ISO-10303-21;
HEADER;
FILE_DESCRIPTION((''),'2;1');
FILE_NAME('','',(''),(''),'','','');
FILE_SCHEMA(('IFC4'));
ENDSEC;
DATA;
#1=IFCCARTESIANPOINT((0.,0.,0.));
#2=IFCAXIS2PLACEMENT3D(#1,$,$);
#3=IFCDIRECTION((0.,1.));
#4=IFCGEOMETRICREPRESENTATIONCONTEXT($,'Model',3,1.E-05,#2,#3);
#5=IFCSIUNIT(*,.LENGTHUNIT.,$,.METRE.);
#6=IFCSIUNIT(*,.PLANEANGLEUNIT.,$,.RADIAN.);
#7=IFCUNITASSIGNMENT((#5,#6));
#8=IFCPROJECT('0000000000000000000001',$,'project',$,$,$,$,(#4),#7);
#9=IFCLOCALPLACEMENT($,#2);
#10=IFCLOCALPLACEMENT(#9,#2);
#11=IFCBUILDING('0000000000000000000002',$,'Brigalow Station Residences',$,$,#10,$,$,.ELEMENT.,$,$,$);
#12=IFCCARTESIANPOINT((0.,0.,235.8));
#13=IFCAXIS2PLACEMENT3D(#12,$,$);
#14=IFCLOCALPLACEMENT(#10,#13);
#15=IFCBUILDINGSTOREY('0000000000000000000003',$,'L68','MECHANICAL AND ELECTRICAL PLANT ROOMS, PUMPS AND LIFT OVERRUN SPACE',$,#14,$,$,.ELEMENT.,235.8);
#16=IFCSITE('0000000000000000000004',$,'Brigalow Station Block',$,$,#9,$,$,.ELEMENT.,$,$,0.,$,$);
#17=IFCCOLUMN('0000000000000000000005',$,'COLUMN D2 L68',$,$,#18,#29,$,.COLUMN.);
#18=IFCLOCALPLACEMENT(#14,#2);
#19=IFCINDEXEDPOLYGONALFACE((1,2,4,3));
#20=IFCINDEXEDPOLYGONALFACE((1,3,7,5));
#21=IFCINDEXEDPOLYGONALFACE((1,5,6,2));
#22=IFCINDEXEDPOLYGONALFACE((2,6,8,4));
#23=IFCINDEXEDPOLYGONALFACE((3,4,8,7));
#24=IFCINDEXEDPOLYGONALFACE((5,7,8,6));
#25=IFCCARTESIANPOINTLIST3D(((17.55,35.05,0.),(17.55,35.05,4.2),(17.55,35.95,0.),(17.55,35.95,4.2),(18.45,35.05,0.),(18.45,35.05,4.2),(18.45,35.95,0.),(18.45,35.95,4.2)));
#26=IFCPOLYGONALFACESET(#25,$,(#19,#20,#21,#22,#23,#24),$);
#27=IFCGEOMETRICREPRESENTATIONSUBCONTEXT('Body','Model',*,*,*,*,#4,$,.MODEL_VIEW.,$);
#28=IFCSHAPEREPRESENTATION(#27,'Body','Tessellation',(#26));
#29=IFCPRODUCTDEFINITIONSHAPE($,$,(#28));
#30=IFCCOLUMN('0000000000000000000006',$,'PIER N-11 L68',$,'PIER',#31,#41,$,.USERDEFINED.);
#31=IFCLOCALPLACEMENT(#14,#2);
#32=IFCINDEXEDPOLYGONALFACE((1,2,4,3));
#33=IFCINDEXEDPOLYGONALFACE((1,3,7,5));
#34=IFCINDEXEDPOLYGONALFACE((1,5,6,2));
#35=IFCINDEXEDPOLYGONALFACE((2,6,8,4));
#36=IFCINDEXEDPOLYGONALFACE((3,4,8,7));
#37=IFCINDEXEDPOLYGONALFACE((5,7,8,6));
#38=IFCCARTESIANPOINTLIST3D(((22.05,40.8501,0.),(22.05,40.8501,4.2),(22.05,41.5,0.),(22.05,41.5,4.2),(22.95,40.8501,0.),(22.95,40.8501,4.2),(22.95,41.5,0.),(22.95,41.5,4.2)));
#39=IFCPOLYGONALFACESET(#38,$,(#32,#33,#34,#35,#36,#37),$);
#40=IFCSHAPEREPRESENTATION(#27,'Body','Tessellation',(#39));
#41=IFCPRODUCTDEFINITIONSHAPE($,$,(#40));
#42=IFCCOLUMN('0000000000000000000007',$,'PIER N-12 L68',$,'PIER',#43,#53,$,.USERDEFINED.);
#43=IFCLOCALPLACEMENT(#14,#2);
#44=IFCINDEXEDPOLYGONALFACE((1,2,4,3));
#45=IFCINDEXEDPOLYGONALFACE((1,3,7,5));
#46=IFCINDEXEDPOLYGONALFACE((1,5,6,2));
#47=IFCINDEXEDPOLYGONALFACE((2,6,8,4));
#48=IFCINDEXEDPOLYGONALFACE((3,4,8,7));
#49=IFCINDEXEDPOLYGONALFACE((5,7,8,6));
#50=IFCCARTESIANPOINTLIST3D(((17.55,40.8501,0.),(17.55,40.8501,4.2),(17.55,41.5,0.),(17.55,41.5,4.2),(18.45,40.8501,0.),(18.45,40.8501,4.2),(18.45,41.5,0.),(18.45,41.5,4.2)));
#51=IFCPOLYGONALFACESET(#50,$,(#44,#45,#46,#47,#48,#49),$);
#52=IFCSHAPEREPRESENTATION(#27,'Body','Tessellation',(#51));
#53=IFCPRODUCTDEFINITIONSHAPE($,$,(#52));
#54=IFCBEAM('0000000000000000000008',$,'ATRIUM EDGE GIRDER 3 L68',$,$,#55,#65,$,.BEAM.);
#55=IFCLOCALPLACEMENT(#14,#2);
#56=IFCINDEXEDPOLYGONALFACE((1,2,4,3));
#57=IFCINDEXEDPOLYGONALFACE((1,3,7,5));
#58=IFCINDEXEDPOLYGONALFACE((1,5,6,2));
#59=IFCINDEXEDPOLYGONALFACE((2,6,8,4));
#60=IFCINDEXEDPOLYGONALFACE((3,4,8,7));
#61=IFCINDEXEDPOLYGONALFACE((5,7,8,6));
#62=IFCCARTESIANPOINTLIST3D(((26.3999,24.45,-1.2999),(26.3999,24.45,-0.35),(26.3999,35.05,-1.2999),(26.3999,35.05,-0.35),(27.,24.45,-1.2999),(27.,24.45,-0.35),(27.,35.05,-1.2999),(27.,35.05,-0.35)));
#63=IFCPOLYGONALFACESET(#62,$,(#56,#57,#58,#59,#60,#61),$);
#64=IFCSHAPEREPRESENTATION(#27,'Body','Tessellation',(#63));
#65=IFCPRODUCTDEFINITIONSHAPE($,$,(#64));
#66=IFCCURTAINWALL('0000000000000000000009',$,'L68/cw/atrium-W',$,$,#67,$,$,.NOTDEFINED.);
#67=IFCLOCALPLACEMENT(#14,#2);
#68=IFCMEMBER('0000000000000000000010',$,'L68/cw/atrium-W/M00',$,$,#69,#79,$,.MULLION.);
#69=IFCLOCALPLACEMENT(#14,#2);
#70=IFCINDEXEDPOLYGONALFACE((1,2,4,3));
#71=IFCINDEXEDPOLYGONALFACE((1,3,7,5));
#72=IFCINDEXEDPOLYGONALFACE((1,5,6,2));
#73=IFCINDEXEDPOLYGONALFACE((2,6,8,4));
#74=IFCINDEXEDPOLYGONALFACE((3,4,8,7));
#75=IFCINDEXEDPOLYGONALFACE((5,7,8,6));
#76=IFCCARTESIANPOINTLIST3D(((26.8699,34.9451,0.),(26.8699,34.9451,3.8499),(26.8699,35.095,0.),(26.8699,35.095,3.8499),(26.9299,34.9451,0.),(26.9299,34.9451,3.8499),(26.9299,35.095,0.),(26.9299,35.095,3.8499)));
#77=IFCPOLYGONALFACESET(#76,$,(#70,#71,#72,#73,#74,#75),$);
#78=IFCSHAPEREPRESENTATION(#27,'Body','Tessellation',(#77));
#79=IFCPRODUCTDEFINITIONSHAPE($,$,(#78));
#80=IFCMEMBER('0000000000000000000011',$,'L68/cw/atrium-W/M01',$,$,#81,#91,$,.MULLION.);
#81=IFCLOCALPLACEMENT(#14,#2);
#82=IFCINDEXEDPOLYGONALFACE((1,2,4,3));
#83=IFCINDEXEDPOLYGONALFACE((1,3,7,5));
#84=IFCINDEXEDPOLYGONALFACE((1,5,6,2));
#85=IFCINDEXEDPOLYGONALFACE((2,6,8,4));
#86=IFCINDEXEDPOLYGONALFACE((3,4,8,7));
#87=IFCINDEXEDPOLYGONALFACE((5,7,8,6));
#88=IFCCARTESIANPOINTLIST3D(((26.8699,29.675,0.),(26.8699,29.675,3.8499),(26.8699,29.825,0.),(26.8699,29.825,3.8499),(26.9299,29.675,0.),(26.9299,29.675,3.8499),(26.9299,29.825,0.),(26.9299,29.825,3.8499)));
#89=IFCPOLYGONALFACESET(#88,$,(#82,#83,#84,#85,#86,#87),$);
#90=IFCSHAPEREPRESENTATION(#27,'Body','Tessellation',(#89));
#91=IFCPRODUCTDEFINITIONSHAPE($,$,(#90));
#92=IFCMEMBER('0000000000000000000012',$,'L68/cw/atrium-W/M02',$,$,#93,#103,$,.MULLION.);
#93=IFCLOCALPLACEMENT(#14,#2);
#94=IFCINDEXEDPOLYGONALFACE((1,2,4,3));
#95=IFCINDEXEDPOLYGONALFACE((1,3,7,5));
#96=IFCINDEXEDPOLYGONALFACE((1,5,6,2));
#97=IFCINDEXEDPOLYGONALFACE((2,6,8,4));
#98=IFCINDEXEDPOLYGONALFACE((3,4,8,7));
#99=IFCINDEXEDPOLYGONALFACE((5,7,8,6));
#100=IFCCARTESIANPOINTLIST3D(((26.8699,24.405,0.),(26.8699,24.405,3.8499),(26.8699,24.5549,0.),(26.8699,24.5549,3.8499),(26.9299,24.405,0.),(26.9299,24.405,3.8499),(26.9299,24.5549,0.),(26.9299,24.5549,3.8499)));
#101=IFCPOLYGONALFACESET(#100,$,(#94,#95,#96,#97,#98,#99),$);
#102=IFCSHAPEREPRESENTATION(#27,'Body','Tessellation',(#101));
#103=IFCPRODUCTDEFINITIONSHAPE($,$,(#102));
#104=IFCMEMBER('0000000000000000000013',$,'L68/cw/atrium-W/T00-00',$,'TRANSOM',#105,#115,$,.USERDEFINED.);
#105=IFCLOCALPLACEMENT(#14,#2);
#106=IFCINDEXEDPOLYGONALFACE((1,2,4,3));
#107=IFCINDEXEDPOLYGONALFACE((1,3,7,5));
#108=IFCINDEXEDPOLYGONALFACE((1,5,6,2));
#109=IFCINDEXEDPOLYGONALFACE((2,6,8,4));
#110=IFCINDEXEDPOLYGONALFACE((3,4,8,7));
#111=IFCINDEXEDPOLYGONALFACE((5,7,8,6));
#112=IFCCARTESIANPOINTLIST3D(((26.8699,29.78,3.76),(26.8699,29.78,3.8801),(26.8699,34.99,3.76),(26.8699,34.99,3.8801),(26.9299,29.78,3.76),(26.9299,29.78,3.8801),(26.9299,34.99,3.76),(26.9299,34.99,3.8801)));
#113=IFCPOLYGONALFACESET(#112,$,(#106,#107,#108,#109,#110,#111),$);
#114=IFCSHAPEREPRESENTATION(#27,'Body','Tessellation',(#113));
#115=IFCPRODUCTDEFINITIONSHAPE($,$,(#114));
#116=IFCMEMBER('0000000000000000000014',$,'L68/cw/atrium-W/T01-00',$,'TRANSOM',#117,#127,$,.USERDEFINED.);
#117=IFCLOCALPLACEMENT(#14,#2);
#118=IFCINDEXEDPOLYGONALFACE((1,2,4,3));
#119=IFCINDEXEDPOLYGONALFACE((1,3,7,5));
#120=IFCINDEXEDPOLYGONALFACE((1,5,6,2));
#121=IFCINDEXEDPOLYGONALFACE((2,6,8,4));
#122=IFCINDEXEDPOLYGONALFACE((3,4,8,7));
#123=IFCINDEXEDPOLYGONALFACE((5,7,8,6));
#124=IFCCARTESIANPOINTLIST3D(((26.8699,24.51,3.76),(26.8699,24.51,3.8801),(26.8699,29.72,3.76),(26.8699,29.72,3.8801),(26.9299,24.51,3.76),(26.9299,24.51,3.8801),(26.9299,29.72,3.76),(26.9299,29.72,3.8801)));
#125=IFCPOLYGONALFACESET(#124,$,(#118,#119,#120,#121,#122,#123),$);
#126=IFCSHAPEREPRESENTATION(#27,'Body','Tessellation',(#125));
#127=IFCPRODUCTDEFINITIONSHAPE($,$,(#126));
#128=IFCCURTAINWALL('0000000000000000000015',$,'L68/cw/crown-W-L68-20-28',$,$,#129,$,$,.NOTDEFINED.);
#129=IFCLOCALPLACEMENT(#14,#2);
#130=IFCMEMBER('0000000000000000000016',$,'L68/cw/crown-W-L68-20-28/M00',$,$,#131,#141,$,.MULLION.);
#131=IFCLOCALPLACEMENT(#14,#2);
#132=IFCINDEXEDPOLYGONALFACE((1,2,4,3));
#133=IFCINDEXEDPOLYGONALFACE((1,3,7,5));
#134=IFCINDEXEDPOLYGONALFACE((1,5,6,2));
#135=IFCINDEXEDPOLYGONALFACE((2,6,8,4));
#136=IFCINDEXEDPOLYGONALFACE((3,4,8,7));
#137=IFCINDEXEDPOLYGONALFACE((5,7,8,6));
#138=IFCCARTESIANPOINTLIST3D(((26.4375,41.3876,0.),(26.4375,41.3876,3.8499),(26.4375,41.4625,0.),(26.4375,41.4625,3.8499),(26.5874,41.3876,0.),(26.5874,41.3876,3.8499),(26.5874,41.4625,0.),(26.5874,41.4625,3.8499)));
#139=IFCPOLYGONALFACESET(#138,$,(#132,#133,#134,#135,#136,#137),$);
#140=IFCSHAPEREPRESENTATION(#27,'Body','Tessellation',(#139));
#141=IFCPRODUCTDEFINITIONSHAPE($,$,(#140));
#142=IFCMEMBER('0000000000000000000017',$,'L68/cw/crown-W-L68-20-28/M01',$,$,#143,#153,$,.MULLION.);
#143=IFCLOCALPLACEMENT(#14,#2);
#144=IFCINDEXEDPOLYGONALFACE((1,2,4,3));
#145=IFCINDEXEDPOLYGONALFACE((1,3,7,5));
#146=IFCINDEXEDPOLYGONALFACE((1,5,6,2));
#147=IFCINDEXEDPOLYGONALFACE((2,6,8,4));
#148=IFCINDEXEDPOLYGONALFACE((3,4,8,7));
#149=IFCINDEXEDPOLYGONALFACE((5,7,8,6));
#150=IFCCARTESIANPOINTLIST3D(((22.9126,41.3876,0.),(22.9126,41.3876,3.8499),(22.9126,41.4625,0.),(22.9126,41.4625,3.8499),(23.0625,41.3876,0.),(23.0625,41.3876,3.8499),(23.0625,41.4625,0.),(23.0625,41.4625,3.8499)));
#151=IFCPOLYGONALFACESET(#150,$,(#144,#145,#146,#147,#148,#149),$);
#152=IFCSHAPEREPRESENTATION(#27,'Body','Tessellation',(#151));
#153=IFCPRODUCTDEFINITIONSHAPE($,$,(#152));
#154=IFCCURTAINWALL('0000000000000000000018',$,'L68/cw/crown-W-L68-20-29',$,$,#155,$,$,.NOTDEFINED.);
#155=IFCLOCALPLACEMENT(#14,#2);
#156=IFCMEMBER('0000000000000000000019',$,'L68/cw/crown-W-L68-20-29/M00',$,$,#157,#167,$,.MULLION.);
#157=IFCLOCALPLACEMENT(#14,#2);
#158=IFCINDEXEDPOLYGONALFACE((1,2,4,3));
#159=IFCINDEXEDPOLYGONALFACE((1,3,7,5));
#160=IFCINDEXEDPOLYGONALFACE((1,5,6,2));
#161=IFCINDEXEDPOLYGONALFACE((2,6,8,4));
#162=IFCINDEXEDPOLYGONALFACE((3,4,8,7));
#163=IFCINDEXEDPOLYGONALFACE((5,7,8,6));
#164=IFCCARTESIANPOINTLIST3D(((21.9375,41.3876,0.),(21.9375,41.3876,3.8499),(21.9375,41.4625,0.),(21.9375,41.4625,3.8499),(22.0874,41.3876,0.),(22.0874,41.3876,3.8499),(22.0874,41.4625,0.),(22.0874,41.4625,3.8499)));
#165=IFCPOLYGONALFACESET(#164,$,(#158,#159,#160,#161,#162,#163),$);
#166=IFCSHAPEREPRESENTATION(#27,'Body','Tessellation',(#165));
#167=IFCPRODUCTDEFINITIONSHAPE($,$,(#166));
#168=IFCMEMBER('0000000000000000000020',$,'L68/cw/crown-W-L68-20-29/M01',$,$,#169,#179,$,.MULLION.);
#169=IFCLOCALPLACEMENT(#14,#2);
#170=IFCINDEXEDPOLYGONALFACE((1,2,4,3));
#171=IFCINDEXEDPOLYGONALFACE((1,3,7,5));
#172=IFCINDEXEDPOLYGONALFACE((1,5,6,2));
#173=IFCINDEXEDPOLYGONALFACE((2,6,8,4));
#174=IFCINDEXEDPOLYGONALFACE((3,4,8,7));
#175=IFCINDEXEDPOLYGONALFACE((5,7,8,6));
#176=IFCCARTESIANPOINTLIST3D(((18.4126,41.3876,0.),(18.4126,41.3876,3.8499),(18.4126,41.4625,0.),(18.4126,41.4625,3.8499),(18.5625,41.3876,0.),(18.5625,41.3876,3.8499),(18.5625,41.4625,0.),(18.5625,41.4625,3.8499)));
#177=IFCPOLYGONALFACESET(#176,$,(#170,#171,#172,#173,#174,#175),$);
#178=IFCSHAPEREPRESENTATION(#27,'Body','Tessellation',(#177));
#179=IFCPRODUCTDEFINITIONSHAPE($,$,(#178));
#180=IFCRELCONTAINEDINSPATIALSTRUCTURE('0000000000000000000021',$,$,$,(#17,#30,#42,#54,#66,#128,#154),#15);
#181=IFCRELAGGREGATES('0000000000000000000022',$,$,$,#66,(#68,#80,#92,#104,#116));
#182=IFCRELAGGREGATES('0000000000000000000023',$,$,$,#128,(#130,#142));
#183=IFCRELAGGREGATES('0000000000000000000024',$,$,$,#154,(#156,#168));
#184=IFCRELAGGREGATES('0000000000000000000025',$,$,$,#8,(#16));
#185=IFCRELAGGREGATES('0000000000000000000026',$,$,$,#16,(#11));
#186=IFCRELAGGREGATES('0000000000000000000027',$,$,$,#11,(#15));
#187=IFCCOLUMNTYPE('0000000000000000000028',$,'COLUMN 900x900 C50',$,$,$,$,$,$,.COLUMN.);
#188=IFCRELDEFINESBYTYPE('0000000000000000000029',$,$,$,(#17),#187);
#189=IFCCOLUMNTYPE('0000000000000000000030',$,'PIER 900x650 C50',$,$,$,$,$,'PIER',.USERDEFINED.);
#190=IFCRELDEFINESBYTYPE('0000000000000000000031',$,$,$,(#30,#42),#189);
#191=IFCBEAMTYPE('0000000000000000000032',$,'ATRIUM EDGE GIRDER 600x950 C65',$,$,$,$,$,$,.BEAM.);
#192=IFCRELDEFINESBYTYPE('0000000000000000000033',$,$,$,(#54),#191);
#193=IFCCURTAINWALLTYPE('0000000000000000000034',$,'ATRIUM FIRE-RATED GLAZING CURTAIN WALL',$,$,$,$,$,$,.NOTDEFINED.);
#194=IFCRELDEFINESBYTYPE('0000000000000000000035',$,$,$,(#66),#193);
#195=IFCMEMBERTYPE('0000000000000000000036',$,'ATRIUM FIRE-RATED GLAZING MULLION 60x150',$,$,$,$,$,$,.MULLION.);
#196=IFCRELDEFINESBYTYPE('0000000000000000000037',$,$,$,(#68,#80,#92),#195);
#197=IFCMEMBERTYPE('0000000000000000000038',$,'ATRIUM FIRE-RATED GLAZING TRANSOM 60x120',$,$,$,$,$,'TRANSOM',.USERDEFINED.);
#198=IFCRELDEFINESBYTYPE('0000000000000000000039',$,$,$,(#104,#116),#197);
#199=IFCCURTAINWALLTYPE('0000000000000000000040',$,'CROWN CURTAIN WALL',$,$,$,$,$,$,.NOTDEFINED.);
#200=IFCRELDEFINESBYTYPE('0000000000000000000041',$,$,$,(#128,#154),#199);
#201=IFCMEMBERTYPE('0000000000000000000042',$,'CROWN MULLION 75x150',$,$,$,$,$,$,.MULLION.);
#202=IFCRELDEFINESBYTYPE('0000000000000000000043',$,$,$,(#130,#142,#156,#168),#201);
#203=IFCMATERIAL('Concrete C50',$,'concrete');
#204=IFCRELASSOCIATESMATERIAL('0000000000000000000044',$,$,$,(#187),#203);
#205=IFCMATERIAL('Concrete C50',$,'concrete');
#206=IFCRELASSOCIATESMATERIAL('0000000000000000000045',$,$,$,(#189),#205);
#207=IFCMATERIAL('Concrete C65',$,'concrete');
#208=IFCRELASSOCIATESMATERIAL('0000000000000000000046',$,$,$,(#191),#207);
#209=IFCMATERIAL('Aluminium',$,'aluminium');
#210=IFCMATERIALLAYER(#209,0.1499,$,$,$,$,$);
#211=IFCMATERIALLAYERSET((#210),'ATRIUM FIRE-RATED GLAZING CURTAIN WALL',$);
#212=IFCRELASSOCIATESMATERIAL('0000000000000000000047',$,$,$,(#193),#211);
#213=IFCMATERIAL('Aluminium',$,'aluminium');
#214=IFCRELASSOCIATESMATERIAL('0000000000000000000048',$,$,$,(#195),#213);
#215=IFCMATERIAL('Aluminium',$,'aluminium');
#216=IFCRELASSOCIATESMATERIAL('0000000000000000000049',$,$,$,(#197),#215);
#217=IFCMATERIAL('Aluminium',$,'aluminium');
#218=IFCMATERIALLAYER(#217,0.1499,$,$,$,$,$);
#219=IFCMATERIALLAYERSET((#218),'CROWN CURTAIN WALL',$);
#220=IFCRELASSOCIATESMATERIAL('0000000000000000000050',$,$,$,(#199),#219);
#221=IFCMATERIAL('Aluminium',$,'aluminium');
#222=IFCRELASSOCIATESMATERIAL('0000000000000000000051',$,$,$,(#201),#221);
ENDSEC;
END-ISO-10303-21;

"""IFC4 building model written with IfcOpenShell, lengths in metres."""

from ifc_helpers import new_model, si_unit, direction, frame, origin, origin_2d, place, context, subcontext, project, spatial, rectangle, extrude, material, layer, layer_set, material_profile, profile_set, type_object, element, aggregate, save


model = new_model("IFC4")

# Units and contexts
model_context = context("Model", 3, precision=1e-05, world=origin(), true_north=direction((0.0, 1.0)))
body_context = subcontext(model_context, "Body", "Model", "MODEL_VIEW")
ifc_project = project(units=[si_unit("LENGTHUNIT", "METRE"), si_unit("PLANEANGLEUNIT", "RADIAN")], contexts=[model_context])

# Site, building, storey
site_placement = place(None, origin())
site = spatial("IfcSite", under=ifc_project, at=site_placement, Name="Brigalow Station Block", CompositionType="ELEMENT", RefElevation=0.0)
building_placement = place(site_placement, origin())
building = spatial("IfcBuilding", under=site, at=building_placement, Name="Brigalow Station Residences", CompositionType="ELEMENT")
storey_placement = place(building_placement, frame((0.0, 0.0, 235.8)))
storey = spatial("IfcBuildingStorey", under=building, at=storey_placement, Name="L68", Description="MECHANICAL AND ELECTRICAL PLANT ROOMS, PUMPS AND LIFT OVERRUN SPACE", CompositionType="ELEMENT", Elevation=235.8)

# Columns
ifc_material_1 = material(Name="Concrete C50", Category="concrete")
ifc_material_profile_1 = material_profile(ifc_material_1, rectangle(XDim=0.8999, YDim=0.8999, at=origin_2d()), Name="RC900x900")
ifc_profile_set_1 = profile_set([ifc_material_profile_1], Name="Concrete C50")
column_type_1 = type_object("IfcColumnType", Name="COLUMN 900x900 C50", PredefinedType="COLUMN", material=ifc_profile_set_1)
column_placement = place(storey_placement, frame((18.0, 35.5, 0.0), z_axis=(0.0, 0.0, 1.0), x_axis=(1.0, 0.0, 0.0)))
element("IfcColumn", 1, at=column_placement, inside=storey, type_object=column_type_1, Name="COLUMN D2 L68", PredefinedType="COLUMN", context=body_context, shape_type="SweptSolid", body=[
    extrude(rectangle(XDim=0.8999, YDim=0.8999, at=origin_2d()), origin(), (0.0, 0.0, 1.0), 4.2),
])
ifc_material_2 = material(Name="Concrete C50", Category="concrete")
ifc_material_profile_2 = material_profile(ifc_material_2, rectangle(XDim=0.8999, YDim=0.6499, at=origin_2d()), Name="RC900x650")
ifc_profile_set_2 = profile_set([ifc_material_profile_2], Name="Concrete C50")
column_type_2 = type_object("IfcColumnType", Name="PIER 900x650 C50", ElementType="PIER", PredefinedType="USERDEFINED", material=ifc_profile_set_2)
for number, where, z_axis, x_axis, name in (
    (2, (22.5, 41.175, 0.0), (0.0, 0.0, 1.0), (-1.0, 0.0, 0.0), "PIER N-11 L68"),
    (3, (18.0, 41.175, 0.0), (0.0, 0.0, 1.0), (-1.0, 0.0, 0.0), "PIER N-12 L68"),
):
    element("IfcColumn", number, at=place(storey_placement, frame(where, z_axis=z_axis, x_axis=x_axis)), inside=storey, type_object=column_type_2, Name=name, ObjectType="PIER", PredefinedType="USERDEFINED", context=body_context, shape_type="SweptSolid", body=[
        extrude(rectangle(XDim=0.8999, YDim=0.6499, at=origin_2d()), origin(), (0.0, 0.0, 1.0), 4.2),
    ])

# Beam
ifc_material_3 = material(Name="Concrete C65", Category="concrete")
ifc_material_profile_3 = material_profile(ifc_material_3, rectangle(XDim=0.6001, YDim=0.95, at=origin_2d()), Name="RC600x950")
ifc_profile_set_3 = profile_set([ifc_material_profile_3], Name="Concrete C65")
beam_type = type_object("IfcBeamType", Name="ATRIUM EDGE GIRDER 600x950 C65", PredefinedType="BEAM", material=ifc_profile_set_3)
beam_placement = place(storey_placement, frame((26.7, 24.45, -0.825), z_axis=(0.0, 1.0, 0.0), x_axis=(-1.0, 0.0, 0.0)))
element("IfcBeam", 4, at=beam_placement, inside=storey, type_object=beam_type, Name="ATRIUM EDGE GIRDER 3 L68", PredefinedType="BEAM", context=body_context, shape_type="SweptSolid", body=[
    extrude(rectangle(XDim=0.6001, YDim=0.95, at=origin_2d()), origin(), (0.0, 0.0, 1.0), 10.6001),
])

# Curtain walls, members
ifc_material_4 = material(Name="Aluminium", Category="aluminium")
ifc_layer_1 = layer(ifc_material_4, 0.1499)
ifc_layer_set_1 = layer_set([ifc_layer_1], Name="ATRIUM FIRE-RATED GLAZING CURTAIN WALL")
curtain_wall_type_1 = type_object("IfcCurtainWallType", Name="ATRIUM FIRE-RATED GLAZING CURTAIN WALL", PredefinedType="NOTDEFINED", material=ifc_layer_set_1)
curtain_wall_1_placement = place(storey_placement, origin())
curtain_wall_1 = element("IfcCurtainWall", 5, at=curtain_wall_1_placement, inside=storey, type_object=curtain_wall_type_1, Name="L68/cw/atrium-W", PredefinedType="NOTDEFINED")
ifc_material_5 = material(Name="Aluminium", Category="aluminium")
ifc_material_profile_4 = material_profile(ifc_material_5, rectangle(XDim=0.0601, YDim=0.1499, at=origin_2d()), Name="ATRIUM FIRE-RATED GLAZING MULLION 60x150")
ifc_profile_set_4 = profile_set([ifc_material_profile_4], Name="Aluminium")
member_type_1 = type_object("IfcMemberType", Name="ATRIUM FIRE-RATED GLAZING MULLION 60x150", PredefinedType="MULLION", material=ifc_profile_set_4)
member_1_placement = place(storey_placement, frame((26.8999, 35.02, 0.0), z_axis=(0.0, 0.0, 1.0), x_axis=(1.0, 0.0, 0.0)))
member_1 = element("IfcMember", 6, at=member_1_placement, type_object=member_type_1, Name="L68/cw/atrium-W/M00", PredefinedType="MULLION", context=body_context, shape_type="SweptSolid", body=[
    extrude(rectangle(XDim=0.0601, YDim=0.1499, at=origin_2d()), origin(), (0.0, 0.0, 1.0), 3.8499),
])
member_2_placement = place(storey_placement, frame((26.8999, 29.75, 0.0), z_axis=(0.0, 0.0, 1.0), x_axis=(1.0, 0.0, 0.0)))
member_2 = element("IfcMember", 7, at=member_2_placement, type_object=member_type_1, Name="L68/cw/atrium-W/M01", PredefinedType="MULLION", context=body_context, shape_type="SweptSolid", body=[
    extrude(rectangle(XDim=0.0601, YDim=0.1499, at=origin_2d()), origin(), (0.0, 0.0, 1.0), 3.8499),
])
member_3_placement = place(storey_placement, frame((26.8999, 24.48, 0.0), z_axis=(0.0, 0.0, 1.0), x_axis=(1.0, 0.0, 0.0)))
member_3 = element("IfcMember", 8, at=member_3_placement, type_object=member_type_1, Name="L68/cw/atrium-W/M02", PredefinedType="MULLION", context=body_context, shape_type="SweptSolid", body=[
    extrude(rectangle(XDim=0.0601, YDim=0.1499, at=origin_2d()), origin(), (0.0, 0.0, 1.0), 3.8499),
])
ifc_material_6 = material(Name="Aluminium", Category="aluminium")
ifc_material_profile_5 = material_profile(ifc_material_6, rectangle(XDim=0.0601, YDim=0.1201, at=origin_2d()), Name="ATRIUM FIRE-RATED GLAZING TRANSOM 60x120")
ifc_profile_set_5 = profile_set([ifc_material_profile_5], Name="Aluminium")
member_type_2 = type_object("IfcMemberType", Name="ATRIUM FIRE-RATED GLAZING TRANSOM 60x120", ElementType="TRANSOM", PredefinedType="USERDEFINED", material=ifc_profile_set_5)
member_4_placement = place(storey_placement, frame((26.8999, 34.99, 3.8201), z_axis=(0.0, -1.0, 0.0), x_axis=(1.0, 0.0, 0.0)))
member_4 = element("IfcMember", 9, at=member_4_placement, type_object=member_type_2, Name="L68/cw/atrium-W/T00-00", ObjectType="TRANSOM", PredefinedType="USERDEFINED", context=body_context, shape_type="SweptSolid", body=[
    extrude(rectangle(XDim=0.0601, YDim=0.1201, at=origin_2d()), origin(), (0.0, 0.0, 1.0), 5.21),
])
member_5_placement = place(storey_placement, frame((26.8999, 29.72, 3.8201), z_axis=(0.0, -1.0, 0.0), x_axis=(1.0, 0.0, 0.0)))
member_5 = element("IfcMember", 10, at=member_5_placement, type_object=member_type_2, Name="L68/cw/atrium-W/T01-00", ObjectType="TRANSOM", PredefinedType="USERDEFINED", context=body_context, shape_type="SweptSolid", body=[
    extrude(rectangle(XDim=0.0601, YDim=0.1201, at=origin_2d()), origin(), (0.0, 0.0, 1.0), 5.21),
])
ifc_material_7 = material(Name="Aluminium", Category="aluminium")
ifc_layer_2 = layer(ifc_material_7, 0.1499)
ifc_layer_set_2 = layer_set([ifc_layer_2], Name="CROWN CURTAIN WALL")
curtain_wall_type_2 = type_object("IfcCurtainWallType", Name="CROWN CURTAIN WALL", PredefinedType="NOTDEFINED", material=ifc_layer_set_2)
curtain_wall_2_placement = place(storey_placement, origin())
curtain_wall_2 = element("IfcCurtainWall", 11, at=curtain_wall_2_placement, inside=storey, type_object=curtain_wall_type_2, Name="L68/cw/crown-W-L68-20-28", PredefinedType="NOTDEFINED")
ifc_material_8 = material(Name="Aluminium", Category="aluminium")
ifc_material_profile_6 = material_profile(ifc_material_8, rectangle(XDim=0.075, YDim=0.1499, at=origin_2d()), Name="CROWN MULLION 75x150")
ifc_profile_set_6 = profile_set([ifc_material_profile_6], Name="Aluminium")
member_type_3 = type_object("IfcMemberType", Name="CROWN MULLION 75x150", PredefinedType="MULLION", material=ifc_profile_set_6)
member_6_placement = place(storey_placement, frame((26.5125, 41.425, 0.0), z_axis=(0.0, 0.0, 1.0), x_axis=(0.0, -1.0, 0.0)))
member_6 = element("IfcMember", 12, at=member_6_placement, type_object=member_type_3, Name="L68/cw/crown-W-L68-20-28/M00", PredefinedType="MULLION", context=body_context, shape_type="SweptSolid", body=[
    extrude(rectangle(XDim=0.075, YDim=0.1499, at=origin_2d()), origin(), (0.0, 0.0, 1.0), 3.8499),
])
member_7_placement = place(storey_placement, frame((22.9875, 41.425, 0.0), z_axis=(0.0, 0.0, 1.0), x_axis=(0.0, -1.0, 0.0)))
member_7 = element("IfcMember", 13, at=member_7_placement, type_object=member_type_3, Name="L68/cw/crown-W-L68-20-28/M01", PredefinedType="MULLION", context=body_context, shape_type="SweptSolid", body=[
    extrude(rectangle(XDim=0.075, YDim=0.1499, at=origin_2d()), origin(), (0.0, 0.0, 1.0), 3.8499),
])
curtain_wall_3_placement = place(storey_placement, origin())
curtain_wall_3 = element("IfcCurtainWall", 14, at=curtain_wall_3_placement, inside=storey, type_object=curtain_wall_type_2, Name="L68/cw/crown-W-L68-20-29", PredefinedType="NOTDEFINED")
member_8_placement = place(storey_placement, frame((22.0125, 41.425, 0.0), z_axis=(0.0, 0.0, 1.0), x_axis=(0.0, -1.0, 0.0)))
member_8 = element("IfcMember", 15, at=member_8_placement, type_object=member_type_3, Name="L68/cw/crown-W-L68-20-29/M00", PredefinedType="MULLION", context=body_context, shape_type="SweptSolid", body=[
    extrude(rectangle(XDim=0.075, YDim=0.1499, at=origin_2d()), origin(), (0.0, 0.0, 1.0), 3.8499),
])
member_9_placement = place(storey_placement, frame((18.4875, 41.425, 0.0), z_axis=(0.0, 0.0, 1.0), x_axis=(0.0, -1.0, 0.0)))
member_9 = element("IfcMember", 16, at=member_9_placement, type_object=member_type_3, Name="L68/cw/crown-W-L68-20-29/M01", PredefinedType="MULLION", context=body_context, shape_type="SweptSolid", body=[
    extrude(rectangle(XDim=0.075, YDim=0.1499, at=origin_2d()), origin(), (0.0, 0.0, 1.0), 3.8499),
])

aggregate(curtain_wall_1, [member_1, member_2, member_3, member_4, member_5])

aggregate(curtain_wall_2, [member_6, member_7])
aggregate(curtain_wall_3, [member_8, member_9])

save(model, "model.ifc")
